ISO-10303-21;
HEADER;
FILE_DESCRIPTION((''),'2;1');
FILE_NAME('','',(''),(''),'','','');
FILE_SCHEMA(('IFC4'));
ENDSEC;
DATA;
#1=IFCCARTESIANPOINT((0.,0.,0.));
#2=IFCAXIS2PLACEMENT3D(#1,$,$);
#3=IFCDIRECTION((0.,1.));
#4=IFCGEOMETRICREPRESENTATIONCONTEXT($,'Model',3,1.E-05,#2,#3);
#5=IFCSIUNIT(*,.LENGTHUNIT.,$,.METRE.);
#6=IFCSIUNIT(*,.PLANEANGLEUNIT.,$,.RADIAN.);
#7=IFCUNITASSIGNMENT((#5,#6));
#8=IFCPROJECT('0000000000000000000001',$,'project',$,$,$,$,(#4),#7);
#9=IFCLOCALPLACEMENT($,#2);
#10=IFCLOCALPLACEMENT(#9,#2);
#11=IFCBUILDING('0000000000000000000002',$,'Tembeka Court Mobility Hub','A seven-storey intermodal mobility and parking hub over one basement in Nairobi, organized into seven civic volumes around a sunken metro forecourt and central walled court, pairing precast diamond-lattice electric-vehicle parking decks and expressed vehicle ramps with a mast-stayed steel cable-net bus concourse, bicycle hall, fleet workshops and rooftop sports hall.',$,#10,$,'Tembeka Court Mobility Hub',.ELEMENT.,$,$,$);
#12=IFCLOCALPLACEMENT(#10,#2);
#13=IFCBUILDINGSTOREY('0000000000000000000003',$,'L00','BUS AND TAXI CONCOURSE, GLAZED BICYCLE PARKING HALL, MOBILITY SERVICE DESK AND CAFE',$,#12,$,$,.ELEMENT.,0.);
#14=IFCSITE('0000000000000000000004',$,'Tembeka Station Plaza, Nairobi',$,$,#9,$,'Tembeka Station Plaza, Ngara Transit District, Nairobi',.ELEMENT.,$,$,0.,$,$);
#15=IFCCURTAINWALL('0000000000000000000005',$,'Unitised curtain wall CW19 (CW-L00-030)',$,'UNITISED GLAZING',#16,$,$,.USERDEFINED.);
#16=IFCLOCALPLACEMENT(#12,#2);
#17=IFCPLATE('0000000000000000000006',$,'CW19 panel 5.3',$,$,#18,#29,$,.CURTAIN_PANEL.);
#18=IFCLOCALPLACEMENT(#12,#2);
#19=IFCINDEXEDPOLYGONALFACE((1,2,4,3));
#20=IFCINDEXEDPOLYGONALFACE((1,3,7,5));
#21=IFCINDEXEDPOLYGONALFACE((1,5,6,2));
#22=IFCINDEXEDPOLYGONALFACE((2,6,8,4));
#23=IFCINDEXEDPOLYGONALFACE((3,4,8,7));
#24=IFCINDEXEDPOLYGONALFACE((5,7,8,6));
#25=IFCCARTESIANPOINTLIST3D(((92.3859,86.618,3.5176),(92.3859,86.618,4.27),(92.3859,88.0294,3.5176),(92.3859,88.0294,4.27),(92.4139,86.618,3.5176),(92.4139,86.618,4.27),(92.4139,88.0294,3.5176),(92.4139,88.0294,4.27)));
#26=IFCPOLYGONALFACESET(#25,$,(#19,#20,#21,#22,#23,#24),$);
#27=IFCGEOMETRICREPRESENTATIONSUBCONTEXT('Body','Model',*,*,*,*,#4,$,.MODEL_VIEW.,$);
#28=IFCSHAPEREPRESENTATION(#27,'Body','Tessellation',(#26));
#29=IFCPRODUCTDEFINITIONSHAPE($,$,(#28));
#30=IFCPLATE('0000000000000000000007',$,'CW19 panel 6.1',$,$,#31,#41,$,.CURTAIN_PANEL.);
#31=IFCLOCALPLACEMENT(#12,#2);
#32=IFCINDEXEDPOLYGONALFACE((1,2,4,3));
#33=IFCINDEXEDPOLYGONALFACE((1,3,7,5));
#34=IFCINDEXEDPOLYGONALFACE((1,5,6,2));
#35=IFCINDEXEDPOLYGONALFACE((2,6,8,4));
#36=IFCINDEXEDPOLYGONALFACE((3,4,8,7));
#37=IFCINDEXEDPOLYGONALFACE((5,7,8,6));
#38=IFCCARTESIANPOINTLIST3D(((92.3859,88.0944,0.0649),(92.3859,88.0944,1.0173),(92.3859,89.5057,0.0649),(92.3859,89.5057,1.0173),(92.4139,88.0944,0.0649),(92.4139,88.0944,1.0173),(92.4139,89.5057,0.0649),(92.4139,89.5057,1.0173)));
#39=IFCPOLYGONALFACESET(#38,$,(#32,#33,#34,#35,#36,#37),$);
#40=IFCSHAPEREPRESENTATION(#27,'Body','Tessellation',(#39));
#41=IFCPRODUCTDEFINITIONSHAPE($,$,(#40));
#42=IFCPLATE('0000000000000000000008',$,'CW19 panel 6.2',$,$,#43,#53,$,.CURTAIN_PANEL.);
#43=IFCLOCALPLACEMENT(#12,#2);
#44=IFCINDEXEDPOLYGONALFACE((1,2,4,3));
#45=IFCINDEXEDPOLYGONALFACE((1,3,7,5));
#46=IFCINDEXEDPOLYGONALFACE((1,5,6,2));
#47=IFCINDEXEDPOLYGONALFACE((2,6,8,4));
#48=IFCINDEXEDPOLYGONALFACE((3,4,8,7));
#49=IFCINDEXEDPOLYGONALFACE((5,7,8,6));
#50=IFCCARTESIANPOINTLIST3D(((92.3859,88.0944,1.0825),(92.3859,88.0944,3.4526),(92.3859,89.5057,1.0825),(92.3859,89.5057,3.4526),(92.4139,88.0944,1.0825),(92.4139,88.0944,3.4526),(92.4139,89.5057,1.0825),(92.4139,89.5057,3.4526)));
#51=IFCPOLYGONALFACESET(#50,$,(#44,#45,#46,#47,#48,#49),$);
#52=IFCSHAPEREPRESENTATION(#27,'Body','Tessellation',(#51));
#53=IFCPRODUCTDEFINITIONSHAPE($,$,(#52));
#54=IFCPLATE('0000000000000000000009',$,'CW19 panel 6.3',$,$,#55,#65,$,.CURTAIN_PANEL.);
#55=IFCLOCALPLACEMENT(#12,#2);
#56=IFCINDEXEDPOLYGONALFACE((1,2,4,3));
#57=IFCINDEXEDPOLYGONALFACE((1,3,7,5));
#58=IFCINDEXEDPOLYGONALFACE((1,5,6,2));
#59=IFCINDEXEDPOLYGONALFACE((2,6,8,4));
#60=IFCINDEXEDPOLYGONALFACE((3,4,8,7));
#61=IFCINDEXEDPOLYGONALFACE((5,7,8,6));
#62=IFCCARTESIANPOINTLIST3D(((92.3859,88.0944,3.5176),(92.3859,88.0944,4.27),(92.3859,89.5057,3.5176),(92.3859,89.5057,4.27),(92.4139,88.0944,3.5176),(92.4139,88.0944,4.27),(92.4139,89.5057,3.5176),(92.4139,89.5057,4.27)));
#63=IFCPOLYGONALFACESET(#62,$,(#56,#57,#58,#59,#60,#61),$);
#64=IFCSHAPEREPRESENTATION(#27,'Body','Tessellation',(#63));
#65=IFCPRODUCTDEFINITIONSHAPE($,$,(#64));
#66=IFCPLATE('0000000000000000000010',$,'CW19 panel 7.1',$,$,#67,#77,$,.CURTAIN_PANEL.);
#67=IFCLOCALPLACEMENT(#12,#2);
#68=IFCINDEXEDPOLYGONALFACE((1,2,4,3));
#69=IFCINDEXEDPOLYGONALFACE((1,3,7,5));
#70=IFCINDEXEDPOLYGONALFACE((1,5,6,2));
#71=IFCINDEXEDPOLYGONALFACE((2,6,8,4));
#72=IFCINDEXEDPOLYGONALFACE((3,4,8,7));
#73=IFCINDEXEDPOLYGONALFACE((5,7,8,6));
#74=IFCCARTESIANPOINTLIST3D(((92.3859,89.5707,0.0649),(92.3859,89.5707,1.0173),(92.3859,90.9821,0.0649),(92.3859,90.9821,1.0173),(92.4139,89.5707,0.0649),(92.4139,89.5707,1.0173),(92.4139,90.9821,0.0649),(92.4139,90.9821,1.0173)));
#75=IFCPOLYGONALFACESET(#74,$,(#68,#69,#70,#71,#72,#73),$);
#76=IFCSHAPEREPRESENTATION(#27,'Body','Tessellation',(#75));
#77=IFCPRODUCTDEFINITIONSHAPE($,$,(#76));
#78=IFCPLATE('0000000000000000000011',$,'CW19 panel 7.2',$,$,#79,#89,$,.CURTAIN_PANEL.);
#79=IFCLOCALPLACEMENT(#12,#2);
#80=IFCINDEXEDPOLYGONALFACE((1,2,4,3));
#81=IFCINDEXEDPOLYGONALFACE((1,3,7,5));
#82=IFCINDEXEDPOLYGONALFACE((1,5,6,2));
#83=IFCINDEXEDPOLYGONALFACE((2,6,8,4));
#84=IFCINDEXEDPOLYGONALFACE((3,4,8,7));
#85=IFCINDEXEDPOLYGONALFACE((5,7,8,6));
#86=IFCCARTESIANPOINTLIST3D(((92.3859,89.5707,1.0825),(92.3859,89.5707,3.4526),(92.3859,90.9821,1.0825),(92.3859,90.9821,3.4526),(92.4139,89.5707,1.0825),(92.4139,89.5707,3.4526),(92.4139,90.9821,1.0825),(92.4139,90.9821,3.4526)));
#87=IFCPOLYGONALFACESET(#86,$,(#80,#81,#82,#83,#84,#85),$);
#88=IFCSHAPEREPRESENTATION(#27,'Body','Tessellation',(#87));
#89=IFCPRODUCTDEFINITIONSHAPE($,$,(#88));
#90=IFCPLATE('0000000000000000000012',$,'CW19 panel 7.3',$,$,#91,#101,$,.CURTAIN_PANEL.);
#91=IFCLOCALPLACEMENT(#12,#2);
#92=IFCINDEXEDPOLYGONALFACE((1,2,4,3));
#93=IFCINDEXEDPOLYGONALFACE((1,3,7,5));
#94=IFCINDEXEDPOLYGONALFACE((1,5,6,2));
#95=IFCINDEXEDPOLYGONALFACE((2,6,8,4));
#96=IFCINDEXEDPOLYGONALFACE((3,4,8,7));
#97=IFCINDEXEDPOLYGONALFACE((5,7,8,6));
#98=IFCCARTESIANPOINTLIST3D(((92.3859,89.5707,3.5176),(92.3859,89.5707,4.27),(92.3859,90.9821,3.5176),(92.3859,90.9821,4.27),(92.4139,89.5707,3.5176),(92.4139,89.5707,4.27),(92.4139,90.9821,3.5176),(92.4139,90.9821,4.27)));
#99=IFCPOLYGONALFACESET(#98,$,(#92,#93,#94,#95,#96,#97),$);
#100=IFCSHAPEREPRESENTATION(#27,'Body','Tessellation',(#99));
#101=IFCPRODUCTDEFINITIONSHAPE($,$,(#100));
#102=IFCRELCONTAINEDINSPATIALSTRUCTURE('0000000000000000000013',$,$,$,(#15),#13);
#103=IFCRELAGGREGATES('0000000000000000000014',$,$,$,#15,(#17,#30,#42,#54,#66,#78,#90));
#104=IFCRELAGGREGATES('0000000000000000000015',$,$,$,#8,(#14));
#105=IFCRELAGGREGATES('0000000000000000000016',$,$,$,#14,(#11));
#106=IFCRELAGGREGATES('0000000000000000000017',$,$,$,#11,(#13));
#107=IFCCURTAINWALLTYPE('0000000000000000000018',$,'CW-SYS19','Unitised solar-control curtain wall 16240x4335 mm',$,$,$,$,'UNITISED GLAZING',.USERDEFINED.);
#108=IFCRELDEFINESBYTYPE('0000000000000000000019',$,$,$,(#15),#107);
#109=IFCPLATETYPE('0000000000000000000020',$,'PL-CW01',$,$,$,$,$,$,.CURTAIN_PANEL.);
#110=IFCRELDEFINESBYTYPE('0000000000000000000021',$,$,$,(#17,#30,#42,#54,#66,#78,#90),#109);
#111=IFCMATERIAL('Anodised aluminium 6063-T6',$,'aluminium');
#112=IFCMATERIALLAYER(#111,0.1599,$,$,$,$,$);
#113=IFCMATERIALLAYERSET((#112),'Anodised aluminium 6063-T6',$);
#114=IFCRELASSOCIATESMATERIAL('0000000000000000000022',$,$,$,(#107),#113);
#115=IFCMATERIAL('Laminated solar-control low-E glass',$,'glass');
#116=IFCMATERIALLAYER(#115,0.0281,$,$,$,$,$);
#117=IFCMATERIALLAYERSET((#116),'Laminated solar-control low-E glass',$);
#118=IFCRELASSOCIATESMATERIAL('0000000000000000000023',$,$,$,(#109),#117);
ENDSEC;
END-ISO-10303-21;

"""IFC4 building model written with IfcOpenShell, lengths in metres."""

from ifc_helpers import new_model, si_unit, direction, frame, origin, origin_2d, place, context, subcontext, project, spatial, rectangle, extrude, material, layer, layer_set, type_object, element, aggregate, save


model = new_model("IFC4")

# Units and contexts
model_context = context("Model", 3, precision=1e-05, world=origin(), true_north=direction((0.0, 1.0)))
body_context = subcontext(model_context, "Body", "Model", "MODEL_VIEW")
ifc_project = project(units=[si_unit("LENGTHUNIT", "METRE"), si_unit("PLANEANGLEUNIT", "RADIAN")], contexts=[model_context])

# Site, building, storey
site_placement = place(None, origin())
site = spatial("IfcSite", under=ifc_project, at=site_placement, Name="Tembeka Station Plaza, Nairobi", LongName="Tembeka Station Plaza, Ngara Transit District, Nairobi", CompositionType="ELEMENT", RefElevation=0.0)
building_placement = place(site_placement, origin())
building = spatial("IfcBuilding", under=site, at=building_placement, Name="Tembeka Court Mobility Hub", Description="A seven-storey intermodal mobility and parking hub over one basement in Nairobi, organized into seven civic volumes around a sunken metro forecourt and central walled court, pairing precast diamond-lattice electric-vehicle parking decks and expressed vehicle ramps with a mast-stayed steel cable-net bus concourse, bicycle hall, fleet workshops and rooftop sports hall.", LongName="Tembeka Court Mobility Hub", CompositionType="ELEMENT")
storey_placement = place(building_placement, origin())
storey = spatial("IfcBuildingStorey", under=building, at=storey_placement, Name="L00", Description="BUS AND TAXI CONCOURSE, GLAZED BICYCLE PARKING HALL, MOBILITY SERVICE DESK AND CAFE", CompositionType="ELEMENT", Elevation=0.0)

# Curtain wall, plates
ifc_material_1 = material(Name="Anodised aluminium 6063-T6", Category="aluminium")
ifc_layer_1 = layer(ifc_material_1, 0.1599)
ifc_layer_set_1 = layer_set([ifc_layer_1], Name="Anodised aluminium 6063-T6")
curtain_wall_type = type_object("IfcCurtainWallType", Name="CW-SYS19", Description="Unitised solar-control curtain wall 16240x4335 mm", ElementType="UNITISED GLAZING", PredefinedType="USERDEFINED", material=ifc_layer_set_1)
curtain_wall_placement = place(storey_placement, origin())
curtain_wall = element("IfcCurtainWall", 1, at=curtain_wall_placement, inside=storey, type_object=curtain_wall_type, Name="Unitised curtain wall CW19 (CW-L00-030)", ObjectType="UNITISED GLAZING", PredefinedType="USERDEFINED")
ifc_material_2 = material(Name="Laminated solar-control low-E glass", Category="glass")
ifc_layer_2 = layer(ifc_material_2, 0.0281)
ifc_layer_set_2 = layer_set([ifc_layer_2], Name="Laminated solar-control low-E glass")
plate_type = type_object("IfcPlateType", Name="PL-CW01", PredefinedType="CURTAIN_PANEL", material=ifc_layer_set_2)
plate_1_placement = place(storey_placement, frame((92.3999, 87.3237, 3.5176), z_axis=(0.0, 0.0, 1.0), x_axis=(0.0, 1.0, 0.0)))
plate_1 = element("IfcPlate", 2, at=plate_1_placement, type_object=plate_type, Name="CW19 panel 5.3", PredefinedType="CURTAIN_PANEL", context=body_context, shape_type="SweptSolid", body=[
    extrude(rectangle(XDim=1.4114, YDim=0.0281, at=origin_2d()), origin(), (0.0, 0.0, 1.0), 0.7524),
])
plate_2_placement = place(storey_placement, frame((92.3999, 88.8, 0.0649), z_axis=(0.0, 0.0, 1.0), x_axis=(0.0, 1.0, 0.0)))
plate_2 = element("IfcPlate", 3, at=plate_2_placement, type_object=plate_type, Name="CW19 panel 6.1", PredefinedType="CURTAIN_PANEL", context=body_context, shape_type="SweptSolid", body=[
    extrude(rectangle(XDim=1.4114, YDim=0.0281, at=origin_2d()), origin(), (0.0, 0.0, 1.0), 0.9524),
])
plate_3_placement = place(storey_placement, frame((92.3999, 88.8, 1.0825), z_axis=(0.0, 0.0, 1.0), x_axis=(0.0, 1.0, 0.0)))
plate_3 = element("IfcPlate", 4, at=plate_3_placement, type_object=plate_type, Name="CW19 panel 6.2", PredefinedType="CURTAIN_PANEL", context=body_context, shape_type="SweptSolid", body=[
    extrude(rectangle(XDim=1.4114, YDim=0.0281, at=origin_2d()), origin(), (0.0, 0.0, 1.0), 2.3701),
])
plate_4_placement = place(storey_placement, frame((92.3999, 88.8, 3.5176), z_axis=(0.0, 0.0, 1.0), x_axis=(0.0, 1.0, 0.0)))
plate_4 = element("IfcPlate", 5, at=plate_4_placement, type_object=plate_type, Name="CW19 panel 6.3", PredefinedType="CURTAIN_PANEL", context=body_context, shape_type="SweptSolid", body=[
    extrude(rectangle(XDim=1.4114, YDim=0.0281, at=origin_2d()), origin(), (0.0, 0.0, 1.0), 0.7524),
])
plate_5_placement = place(storey_placement, frame((92.3999, 90.2764, 0.0649), z_axis=(0.0, 0.0, 1.0), x_axis=(0.0, 1.0, 0.0)))
plate_5 = element("IfcPlate", 6, at=plate_5_placement, type_object=plate_type, Name="CW19 panel 7.1", PredefinedType="CURTAIN_PANEL", context=body_context, shape_type="SweptSolid", body=[
    extrude(rectangle(XDim=1.4114, YDim=0.0281, at=origin_2d()), origin(), (0.0, 0.0, 1.0), 0.9524),
])
plate_6_placement = place(storey_placement, frame((92.3999, 90.2764, 1.0825), z_axis=(0.0, 0.0, 1.0), x_axis=(0.0, 1.0, 0.0)))
plate_6 = element("IfcPlate", 7, at=plate_6_placement, type_object=plate_type, Name="CW19 panel 7.2", PredefinedType="CURTAIN_PANEL", context=body_context, shape_type="SweptSolid", body=[
    extrude(rectangle(XDim=1.4114, YDim=0.0281, at=origin_2d()), origin(), (0.0, 0.0, 1.0), 2.3701),
])
plate_7_placement = place(storey_placement, frame((92.3999, 90.2764, 3.5176), z_axis=(0.0, 0.0, 1.0), x_axis=(0.0, 1.0, 0.0)))
plate_7 = element("IfcPlate", 8, at=plate_7_placement, type_object=plate_type, Name="CW19 panel 7.3", PredefinedType="CURTAIN_PANEL", context=body_context, shape_type="SweptSolid", body=[
    extrude(rectangle(XDim=1.4114, YDim=0.0281, at=origin_2d()), origin(), (0.0, 0.0, 1.0), 0.7524),
])
aggregate(curtain_wall, [plate_1, plate_2, plate_3, plate_4, plate_5, plate_6, plate_7])

save(model, "model.ifc")
